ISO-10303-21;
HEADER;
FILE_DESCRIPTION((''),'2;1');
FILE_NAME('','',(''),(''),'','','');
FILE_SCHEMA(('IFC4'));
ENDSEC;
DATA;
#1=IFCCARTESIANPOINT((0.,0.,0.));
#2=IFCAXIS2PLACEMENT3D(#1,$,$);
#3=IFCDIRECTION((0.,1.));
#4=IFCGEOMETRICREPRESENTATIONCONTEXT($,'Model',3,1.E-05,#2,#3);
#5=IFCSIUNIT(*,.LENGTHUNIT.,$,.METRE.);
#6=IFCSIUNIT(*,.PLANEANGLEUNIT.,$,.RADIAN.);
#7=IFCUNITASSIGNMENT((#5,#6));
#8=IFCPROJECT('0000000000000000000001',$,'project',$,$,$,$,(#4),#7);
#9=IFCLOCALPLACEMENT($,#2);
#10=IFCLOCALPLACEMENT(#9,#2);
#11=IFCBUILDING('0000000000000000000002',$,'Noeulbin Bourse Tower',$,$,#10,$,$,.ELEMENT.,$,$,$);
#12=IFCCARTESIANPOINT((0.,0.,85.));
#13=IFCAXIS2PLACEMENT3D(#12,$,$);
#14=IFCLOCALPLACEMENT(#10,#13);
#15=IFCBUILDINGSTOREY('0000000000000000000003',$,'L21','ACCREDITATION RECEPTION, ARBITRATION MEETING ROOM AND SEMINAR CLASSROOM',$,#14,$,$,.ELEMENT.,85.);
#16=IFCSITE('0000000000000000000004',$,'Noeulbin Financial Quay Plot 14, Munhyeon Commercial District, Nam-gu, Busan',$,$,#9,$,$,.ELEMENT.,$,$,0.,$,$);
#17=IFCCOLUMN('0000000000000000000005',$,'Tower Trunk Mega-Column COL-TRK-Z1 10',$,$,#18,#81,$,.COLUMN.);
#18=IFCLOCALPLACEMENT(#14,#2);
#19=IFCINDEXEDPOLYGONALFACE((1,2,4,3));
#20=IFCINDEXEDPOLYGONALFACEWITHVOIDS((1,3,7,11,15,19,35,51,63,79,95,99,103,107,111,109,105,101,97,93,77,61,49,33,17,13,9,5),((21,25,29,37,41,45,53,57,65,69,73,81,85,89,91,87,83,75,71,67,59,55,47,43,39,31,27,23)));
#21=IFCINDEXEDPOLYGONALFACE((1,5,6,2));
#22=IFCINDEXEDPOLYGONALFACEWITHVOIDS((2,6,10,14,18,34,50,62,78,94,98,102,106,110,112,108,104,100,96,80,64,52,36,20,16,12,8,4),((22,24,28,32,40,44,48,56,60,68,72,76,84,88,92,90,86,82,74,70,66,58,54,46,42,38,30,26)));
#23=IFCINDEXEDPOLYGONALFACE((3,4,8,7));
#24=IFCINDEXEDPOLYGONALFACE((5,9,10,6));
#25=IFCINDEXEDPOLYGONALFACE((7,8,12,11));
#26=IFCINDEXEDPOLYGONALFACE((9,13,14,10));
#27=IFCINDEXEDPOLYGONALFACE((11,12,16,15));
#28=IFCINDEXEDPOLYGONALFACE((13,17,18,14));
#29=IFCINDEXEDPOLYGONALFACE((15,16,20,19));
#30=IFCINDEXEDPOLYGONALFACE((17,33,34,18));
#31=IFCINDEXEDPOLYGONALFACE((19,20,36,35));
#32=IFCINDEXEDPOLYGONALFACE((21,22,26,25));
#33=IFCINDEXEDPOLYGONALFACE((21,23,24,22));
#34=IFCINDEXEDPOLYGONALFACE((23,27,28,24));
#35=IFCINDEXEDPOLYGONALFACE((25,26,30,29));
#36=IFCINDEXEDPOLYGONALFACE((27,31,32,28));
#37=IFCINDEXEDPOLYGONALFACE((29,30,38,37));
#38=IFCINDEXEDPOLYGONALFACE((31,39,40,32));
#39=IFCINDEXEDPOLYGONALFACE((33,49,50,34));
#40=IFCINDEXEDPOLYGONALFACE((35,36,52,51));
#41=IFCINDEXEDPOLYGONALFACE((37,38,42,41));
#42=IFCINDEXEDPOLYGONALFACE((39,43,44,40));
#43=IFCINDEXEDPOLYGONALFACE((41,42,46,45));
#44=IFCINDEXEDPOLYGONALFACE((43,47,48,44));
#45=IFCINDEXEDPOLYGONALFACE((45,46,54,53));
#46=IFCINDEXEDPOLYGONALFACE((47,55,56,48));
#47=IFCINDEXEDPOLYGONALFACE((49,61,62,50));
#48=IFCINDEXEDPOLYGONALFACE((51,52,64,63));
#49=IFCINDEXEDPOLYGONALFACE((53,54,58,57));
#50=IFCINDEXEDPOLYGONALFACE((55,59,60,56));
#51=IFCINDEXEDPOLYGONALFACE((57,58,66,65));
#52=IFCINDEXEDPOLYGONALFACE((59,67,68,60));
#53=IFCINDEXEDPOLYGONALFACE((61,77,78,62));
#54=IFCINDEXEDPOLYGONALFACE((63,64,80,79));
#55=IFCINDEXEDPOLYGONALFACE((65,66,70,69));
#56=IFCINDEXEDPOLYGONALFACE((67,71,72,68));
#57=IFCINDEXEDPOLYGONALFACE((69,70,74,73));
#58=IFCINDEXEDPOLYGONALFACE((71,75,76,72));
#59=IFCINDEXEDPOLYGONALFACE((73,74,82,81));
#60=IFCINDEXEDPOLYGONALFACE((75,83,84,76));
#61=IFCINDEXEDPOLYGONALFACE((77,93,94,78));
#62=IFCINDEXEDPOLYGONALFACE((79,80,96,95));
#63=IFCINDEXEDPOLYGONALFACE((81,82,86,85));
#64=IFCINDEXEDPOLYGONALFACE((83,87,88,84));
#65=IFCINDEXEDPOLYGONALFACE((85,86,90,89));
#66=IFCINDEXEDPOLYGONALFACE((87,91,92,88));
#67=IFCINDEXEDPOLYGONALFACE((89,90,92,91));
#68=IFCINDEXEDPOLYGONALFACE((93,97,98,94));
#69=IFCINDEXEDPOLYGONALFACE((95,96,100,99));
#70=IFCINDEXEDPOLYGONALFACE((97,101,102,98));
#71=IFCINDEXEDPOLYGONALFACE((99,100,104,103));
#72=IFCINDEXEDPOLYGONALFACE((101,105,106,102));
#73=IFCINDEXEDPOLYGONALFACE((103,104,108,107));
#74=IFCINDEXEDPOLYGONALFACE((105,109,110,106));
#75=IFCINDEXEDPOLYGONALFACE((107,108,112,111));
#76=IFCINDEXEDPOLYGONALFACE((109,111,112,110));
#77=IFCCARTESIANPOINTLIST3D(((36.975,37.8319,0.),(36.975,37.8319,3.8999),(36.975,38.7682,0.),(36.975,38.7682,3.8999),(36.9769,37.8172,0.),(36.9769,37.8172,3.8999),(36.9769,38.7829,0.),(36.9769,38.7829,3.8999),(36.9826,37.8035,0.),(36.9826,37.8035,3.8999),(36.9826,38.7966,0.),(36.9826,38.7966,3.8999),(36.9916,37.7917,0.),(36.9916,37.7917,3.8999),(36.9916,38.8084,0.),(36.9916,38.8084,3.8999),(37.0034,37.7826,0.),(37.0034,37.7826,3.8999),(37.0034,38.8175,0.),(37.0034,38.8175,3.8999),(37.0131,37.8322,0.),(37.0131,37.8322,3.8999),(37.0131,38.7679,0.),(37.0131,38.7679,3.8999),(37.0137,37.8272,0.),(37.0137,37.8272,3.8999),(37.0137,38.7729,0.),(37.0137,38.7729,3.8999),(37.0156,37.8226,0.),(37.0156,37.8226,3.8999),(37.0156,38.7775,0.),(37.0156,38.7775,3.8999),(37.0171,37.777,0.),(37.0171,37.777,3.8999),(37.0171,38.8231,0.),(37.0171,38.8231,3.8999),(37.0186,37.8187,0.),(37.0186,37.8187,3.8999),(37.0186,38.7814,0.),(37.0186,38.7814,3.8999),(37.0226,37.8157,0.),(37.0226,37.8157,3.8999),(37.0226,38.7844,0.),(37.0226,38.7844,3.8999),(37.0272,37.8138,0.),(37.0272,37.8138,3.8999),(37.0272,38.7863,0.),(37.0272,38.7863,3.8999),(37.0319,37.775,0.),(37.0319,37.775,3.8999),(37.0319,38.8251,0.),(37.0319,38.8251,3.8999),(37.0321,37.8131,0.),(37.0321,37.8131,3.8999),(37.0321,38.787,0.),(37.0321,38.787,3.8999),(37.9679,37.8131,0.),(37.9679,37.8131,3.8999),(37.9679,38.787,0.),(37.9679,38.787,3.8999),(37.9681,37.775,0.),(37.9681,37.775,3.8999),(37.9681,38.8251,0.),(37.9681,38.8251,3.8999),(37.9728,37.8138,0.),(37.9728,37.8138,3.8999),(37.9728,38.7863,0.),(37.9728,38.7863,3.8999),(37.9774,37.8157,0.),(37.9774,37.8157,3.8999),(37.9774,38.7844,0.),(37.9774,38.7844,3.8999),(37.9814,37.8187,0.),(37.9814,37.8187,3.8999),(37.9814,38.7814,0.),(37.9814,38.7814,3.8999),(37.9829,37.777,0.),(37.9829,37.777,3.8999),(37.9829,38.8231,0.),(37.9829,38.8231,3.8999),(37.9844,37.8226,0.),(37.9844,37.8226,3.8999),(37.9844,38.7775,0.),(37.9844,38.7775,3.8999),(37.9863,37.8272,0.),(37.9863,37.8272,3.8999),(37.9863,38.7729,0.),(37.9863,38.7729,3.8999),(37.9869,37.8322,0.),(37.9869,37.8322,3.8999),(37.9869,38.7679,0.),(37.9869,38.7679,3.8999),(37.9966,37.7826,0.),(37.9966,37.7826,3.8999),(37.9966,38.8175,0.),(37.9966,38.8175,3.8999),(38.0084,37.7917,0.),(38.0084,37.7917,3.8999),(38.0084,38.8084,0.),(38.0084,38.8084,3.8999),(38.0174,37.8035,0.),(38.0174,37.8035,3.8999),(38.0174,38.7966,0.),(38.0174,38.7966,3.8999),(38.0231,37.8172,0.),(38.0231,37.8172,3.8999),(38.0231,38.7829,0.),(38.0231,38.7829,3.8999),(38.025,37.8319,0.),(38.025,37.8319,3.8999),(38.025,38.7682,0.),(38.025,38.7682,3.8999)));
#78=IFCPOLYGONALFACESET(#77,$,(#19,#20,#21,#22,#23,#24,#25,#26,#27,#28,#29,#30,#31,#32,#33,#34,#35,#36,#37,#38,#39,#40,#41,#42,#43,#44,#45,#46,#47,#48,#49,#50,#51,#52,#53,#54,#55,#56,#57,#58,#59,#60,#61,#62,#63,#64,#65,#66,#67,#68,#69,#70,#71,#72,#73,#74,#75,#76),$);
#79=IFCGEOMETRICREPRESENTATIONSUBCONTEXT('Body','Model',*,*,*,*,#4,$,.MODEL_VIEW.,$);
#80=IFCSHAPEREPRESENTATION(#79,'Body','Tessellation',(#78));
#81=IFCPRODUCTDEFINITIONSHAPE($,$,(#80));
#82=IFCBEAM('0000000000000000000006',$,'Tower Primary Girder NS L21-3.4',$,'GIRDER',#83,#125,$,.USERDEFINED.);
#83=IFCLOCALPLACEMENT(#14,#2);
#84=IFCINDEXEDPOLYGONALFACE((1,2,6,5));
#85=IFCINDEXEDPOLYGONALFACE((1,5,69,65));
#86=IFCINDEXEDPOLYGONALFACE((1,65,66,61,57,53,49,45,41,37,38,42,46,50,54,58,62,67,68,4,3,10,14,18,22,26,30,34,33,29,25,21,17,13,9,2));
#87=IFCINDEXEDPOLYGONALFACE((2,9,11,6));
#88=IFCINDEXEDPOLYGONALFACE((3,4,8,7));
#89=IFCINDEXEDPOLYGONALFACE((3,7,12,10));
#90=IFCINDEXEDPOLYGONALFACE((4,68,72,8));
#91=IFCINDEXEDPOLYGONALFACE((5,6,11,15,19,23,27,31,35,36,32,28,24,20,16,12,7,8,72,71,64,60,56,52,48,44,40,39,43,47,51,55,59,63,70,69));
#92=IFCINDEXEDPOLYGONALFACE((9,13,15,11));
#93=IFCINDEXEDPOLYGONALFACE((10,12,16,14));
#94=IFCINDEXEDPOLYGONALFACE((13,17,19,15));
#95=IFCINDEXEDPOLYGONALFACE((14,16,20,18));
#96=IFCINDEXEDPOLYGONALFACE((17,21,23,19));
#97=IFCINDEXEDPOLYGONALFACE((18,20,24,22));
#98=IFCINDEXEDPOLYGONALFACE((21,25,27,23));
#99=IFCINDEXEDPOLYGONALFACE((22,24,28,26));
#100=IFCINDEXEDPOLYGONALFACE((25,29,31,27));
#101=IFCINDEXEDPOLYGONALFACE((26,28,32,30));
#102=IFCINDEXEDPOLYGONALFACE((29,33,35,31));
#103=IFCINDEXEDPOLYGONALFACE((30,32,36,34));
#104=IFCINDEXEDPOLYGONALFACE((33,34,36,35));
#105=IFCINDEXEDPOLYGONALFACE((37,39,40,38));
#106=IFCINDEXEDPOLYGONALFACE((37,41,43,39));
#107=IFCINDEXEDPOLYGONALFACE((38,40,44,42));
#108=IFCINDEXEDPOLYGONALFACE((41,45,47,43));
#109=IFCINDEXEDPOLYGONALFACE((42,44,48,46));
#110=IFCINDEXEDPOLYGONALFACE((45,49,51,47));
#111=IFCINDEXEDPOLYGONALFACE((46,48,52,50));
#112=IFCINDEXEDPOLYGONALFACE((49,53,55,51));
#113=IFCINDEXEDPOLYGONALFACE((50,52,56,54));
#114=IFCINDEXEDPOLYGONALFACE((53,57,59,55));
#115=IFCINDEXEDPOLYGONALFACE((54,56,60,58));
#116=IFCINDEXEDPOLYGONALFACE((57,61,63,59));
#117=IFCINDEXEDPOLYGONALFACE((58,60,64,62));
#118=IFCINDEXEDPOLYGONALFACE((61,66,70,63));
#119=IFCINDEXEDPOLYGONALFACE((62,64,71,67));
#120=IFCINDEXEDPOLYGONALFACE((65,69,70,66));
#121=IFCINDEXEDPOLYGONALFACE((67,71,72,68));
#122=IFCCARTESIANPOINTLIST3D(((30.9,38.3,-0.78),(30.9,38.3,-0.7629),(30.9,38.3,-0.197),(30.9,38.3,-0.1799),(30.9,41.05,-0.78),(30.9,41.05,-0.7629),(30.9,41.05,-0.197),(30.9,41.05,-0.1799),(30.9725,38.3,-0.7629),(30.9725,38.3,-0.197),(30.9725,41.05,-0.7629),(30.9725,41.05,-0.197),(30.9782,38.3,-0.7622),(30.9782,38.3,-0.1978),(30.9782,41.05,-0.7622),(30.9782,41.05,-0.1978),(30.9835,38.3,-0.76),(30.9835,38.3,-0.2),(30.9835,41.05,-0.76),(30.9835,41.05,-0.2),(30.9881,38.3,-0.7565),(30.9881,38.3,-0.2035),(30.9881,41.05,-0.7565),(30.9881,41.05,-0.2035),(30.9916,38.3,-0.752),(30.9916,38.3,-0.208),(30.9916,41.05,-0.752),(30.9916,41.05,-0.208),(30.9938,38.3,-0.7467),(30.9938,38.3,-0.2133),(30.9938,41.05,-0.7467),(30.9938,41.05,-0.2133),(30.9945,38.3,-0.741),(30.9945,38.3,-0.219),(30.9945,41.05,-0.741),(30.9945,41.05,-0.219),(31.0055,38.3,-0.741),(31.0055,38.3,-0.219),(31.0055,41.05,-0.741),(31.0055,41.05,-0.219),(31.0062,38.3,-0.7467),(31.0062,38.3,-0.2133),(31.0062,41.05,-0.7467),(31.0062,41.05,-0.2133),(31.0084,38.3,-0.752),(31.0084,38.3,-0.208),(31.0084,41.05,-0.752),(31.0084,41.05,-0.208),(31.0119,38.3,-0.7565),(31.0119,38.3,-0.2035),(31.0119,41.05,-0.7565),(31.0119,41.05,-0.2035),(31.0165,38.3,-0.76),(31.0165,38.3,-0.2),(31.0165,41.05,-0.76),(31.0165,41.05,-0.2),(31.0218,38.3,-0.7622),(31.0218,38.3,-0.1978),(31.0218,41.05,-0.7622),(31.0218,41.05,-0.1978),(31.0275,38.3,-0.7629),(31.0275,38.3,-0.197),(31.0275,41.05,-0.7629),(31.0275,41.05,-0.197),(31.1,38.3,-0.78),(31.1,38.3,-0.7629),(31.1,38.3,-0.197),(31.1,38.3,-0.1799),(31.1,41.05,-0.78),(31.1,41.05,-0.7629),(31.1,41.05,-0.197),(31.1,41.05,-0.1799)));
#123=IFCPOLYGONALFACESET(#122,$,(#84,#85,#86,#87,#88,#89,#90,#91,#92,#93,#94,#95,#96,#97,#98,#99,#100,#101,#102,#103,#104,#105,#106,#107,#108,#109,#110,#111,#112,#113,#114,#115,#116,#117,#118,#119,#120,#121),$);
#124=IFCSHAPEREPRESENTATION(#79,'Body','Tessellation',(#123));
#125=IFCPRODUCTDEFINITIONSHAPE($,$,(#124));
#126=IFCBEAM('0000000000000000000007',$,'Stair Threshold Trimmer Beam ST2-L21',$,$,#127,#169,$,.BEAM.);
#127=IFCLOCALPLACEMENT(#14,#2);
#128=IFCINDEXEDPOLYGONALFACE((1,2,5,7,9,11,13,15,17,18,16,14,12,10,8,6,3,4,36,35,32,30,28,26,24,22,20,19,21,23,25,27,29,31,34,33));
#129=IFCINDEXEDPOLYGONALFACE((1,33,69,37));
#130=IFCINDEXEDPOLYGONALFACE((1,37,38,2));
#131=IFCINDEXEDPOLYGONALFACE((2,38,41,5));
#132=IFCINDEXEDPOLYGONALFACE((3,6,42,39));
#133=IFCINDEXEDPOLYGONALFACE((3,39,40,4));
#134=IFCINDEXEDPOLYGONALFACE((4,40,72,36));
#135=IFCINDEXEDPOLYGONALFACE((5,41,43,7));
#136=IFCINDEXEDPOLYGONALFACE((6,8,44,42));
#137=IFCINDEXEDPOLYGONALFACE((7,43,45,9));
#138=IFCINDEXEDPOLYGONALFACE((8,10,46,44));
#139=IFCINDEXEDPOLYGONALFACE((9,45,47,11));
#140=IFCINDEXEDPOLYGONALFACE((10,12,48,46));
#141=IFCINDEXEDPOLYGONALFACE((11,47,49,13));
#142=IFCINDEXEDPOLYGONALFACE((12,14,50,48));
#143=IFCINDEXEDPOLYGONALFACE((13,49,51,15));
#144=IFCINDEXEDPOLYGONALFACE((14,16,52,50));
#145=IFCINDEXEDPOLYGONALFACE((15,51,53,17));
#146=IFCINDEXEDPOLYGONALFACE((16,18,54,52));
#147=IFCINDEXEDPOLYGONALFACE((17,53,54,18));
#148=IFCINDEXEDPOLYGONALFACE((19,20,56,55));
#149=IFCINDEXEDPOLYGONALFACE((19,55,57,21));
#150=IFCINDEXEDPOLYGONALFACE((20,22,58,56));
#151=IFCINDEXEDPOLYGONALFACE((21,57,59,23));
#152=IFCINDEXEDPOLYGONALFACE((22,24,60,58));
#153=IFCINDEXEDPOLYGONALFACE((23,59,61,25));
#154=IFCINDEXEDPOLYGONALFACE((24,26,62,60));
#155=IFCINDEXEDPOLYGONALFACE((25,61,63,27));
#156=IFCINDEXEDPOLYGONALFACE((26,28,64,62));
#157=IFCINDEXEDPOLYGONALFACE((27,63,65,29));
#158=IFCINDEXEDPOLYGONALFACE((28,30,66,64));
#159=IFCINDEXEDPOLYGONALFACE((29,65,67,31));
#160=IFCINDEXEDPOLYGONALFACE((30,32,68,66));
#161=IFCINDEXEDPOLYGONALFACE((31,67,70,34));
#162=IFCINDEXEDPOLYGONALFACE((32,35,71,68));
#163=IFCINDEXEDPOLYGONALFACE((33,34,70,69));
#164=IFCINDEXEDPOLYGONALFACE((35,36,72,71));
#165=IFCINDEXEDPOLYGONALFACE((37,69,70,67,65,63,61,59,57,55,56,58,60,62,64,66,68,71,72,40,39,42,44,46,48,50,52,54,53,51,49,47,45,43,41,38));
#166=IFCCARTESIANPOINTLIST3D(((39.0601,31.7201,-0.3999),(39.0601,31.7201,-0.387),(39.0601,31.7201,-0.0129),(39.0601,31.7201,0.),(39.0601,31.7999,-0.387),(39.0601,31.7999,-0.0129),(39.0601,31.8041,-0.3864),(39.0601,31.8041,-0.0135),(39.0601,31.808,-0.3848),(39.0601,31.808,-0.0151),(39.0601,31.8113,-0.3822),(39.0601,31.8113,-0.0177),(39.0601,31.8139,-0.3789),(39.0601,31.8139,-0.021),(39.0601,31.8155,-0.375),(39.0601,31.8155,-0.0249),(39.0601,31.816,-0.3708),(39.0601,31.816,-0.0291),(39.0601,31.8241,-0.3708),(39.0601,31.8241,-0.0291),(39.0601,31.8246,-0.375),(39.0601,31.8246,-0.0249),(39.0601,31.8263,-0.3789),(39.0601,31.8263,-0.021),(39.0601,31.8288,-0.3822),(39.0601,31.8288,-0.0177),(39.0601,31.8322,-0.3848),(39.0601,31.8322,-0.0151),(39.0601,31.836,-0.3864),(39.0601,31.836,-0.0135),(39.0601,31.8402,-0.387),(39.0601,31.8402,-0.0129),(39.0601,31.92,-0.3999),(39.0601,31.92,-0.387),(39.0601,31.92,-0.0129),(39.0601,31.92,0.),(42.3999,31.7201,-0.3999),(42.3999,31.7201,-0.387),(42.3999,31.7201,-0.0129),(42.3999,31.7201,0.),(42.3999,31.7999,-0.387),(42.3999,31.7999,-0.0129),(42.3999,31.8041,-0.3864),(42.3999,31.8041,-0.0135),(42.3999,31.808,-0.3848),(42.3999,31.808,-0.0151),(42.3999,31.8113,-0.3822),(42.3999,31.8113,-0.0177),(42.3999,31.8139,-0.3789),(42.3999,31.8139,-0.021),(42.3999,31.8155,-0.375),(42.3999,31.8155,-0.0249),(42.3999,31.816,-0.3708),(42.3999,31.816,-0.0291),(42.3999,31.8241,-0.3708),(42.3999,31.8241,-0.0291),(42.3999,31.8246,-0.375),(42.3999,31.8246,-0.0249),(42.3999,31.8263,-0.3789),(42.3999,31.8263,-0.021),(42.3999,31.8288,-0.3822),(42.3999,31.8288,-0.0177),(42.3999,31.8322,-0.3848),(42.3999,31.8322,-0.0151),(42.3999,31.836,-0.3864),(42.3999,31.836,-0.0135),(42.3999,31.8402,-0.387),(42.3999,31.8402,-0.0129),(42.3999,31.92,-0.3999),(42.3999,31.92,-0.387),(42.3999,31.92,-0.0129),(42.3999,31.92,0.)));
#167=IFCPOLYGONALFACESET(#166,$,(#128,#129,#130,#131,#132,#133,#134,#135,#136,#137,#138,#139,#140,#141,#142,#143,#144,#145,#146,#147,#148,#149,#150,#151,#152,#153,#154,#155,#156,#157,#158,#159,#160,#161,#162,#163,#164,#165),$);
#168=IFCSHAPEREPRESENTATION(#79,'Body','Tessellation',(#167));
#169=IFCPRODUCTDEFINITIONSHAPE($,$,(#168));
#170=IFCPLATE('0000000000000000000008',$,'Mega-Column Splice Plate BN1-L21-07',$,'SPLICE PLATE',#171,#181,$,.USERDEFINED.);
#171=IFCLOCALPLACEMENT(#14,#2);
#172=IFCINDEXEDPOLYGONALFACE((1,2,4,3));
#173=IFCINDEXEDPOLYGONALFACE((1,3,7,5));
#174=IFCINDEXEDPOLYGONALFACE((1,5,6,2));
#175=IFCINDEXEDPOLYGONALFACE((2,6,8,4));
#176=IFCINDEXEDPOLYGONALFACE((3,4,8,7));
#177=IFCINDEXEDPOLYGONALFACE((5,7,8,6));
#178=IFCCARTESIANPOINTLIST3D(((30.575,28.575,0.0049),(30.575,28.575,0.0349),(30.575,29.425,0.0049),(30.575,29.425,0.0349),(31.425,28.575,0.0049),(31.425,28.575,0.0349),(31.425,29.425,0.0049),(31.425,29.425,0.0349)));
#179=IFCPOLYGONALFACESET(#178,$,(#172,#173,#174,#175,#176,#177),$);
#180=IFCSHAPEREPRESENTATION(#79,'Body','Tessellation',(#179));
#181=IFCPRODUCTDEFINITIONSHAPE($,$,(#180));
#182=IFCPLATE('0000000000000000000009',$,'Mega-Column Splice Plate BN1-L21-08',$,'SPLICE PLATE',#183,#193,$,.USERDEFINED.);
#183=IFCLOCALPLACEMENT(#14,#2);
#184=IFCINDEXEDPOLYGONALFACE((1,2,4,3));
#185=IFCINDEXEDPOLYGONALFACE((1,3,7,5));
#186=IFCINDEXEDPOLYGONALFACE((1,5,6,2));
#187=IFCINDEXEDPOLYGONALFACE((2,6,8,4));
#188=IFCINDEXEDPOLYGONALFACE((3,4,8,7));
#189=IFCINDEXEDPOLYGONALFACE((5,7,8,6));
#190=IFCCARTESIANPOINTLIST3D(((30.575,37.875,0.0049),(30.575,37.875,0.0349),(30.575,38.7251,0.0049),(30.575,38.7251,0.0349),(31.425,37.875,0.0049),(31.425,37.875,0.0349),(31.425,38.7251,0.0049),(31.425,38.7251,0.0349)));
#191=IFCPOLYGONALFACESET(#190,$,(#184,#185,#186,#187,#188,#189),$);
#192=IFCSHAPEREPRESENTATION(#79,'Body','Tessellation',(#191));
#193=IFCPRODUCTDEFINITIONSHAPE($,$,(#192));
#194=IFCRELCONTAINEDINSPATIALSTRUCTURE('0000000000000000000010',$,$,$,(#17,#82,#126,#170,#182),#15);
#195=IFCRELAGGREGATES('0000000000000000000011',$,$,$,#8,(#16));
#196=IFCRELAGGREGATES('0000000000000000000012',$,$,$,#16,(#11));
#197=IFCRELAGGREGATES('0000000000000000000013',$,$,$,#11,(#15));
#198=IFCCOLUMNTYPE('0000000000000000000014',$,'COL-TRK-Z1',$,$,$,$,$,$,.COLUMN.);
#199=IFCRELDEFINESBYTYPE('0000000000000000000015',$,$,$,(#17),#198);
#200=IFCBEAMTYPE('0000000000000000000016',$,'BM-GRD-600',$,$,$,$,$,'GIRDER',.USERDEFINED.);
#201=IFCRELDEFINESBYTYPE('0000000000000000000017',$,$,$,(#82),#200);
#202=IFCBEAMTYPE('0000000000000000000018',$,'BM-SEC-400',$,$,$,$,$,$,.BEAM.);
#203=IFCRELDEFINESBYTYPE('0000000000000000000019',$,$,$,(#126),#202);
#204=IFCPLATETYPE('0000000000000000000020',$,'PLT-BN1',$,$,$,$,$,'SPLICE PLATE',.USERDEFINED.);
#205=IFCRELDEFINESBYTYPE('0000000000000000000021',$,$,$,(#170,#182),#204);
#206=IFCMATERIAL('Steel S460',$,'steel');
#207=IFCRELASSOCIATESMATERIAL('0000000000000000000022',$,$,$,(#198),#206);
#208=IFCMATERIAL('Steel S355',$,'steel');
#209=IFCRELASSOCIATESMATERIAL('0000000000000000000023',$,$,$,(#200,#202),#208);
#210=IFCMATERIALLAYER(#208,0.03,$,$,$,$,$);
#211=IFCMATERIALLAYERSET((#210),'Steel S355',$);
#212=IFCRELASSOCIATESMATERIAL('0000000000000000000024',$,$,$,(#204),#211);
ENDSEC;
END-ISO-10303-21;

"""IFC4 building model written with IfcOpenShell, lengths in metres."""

from ifc_helpers import new_model, si_unit, direction, frame, origin, origin_2d, place, context, subcontext, project, spatial, rectangle, hollow_rectangle, i_section, extrude, material, layer, layer_set, material_profile, profile_set, type_object, element, save


model = new_model("IFC4")

# Units and contexts
model_context = context("Model", 3, precision=1e-05, world=origin(), true_north=direction((0.0, 1.0)))
body_context = subcontext(model_context, "Body", "Model", "MODEL_VIEW")
ifc_project = project(units=[si_unit("LENGTHUNIT", "METRE"), si_unit("PLANEANGLEUNIT", "RADIAN")], contexts=[model_context])

# Site, building, storey
site_placement = place(None, origin())
site = spatial("IfcSite", under=ifc_project, at=site_placement, Name="Noeulbin Financial Quay Plot 14, Munhyeon Commercial District, Nam-gu, Busan", CompositionType="ELEMENT", RefElevation=0.0)
building_placement = place(site_placement, origin())
building = spatial("IfcBuilding", under=site, at=building_placement, Name="Noeulbin Bourse Tower", CompositionType="ELEMENT")
storey_placement = place(building_placement, frame((0.0, 0.0, 85.0)))
storey = spatial("IfcBuildingStorey", under=building, at=storey_placement, Name="L21", Description="ACCREDITATION RECEPTION, ARBITRATION MEETING ROOM AND SEMINAR CLASSROOM", CompositionType="ELEMENT", Elevation=85.0)

# Column
ifc_material_1 = material(Name="Steel S460", Category="steel")
ifc_material_profile_1 = material_profile(ifc_material_1, hollow_rectangle(XDim=1.05, YDim=1.05, WallThickness=0.0381, InnerFilletRadius=0.019, OuterFilletRadius=0.0569, at=origin_2d()), Name="BOX-1050x1050x38", Category="LoadBearing")
ifc_profile_set_1 = profile_set([ifc_material_profile_1], Name="Steel S460")
column_type = type_object("IfcColumnType", Name="COL-TRK-Z1", PredefinedType="COLUMN", material=ifc_profile_set_1)
for number, where, z_axis, x_axis, name in (
    (1, (37.5, 38.3, 0.0), (0.0, 0.0, 1.0), (1.0, 0.0, 0.0), "Tower Trunk Mega-Column COL-TRK-Z1 10"),
):
    element("IfcColumn", number, at=place(storey_placement, frame(where, z_axis=z_axis, x_axis=x_axis)), inside=storey, type_object=column_type, Name=name, PredefinedType="COLUMN", context=body_context, shape_type="SweptSolid", body=[
        extrude(hollow_rectangle(XDim=1.05, YDim=1.05, WallThickness=0.0381, InnerFilletRadius=0.019, OuterFilletRadius=0.0569, at=origin_2d()), origin(), (0.0, 0.0, 1.0), 3.8999),
    ])

# Beams
ifc_material_2 = material(Name="Steel S355", Category="steel")
ifc_material_profile_2 = material_profile(ifc_material_2, i_section(OverallWidth=0.2, OverallDepth=0.6001, WebThickness=0.011, FlangeThickness=0.0171, FilletRadius=0.022, at=origin_2d()), Name="H-600x200x11x17", Category="LoadBearing")
ifc_profile_set_2 = profile_set([ifc_material_profile_2], Name="Steel S355")
beam_type_1 = type_object("IfcBeamType", Name="BM-GRD-600", ElementType="GIRDER", PredefinedType="USERDEFINED", material=ifc_profile_set_2)
beam_1_placement = place(storey_placement, frame((31.0, 38.3, -0.48), z_axis=(0.0, 1.0, 0.0), x_axis=(-1.0, 0.0, 0.0)))
element("IfcBeam", 2, at=beam_1_placement, inside=storey, type_object=beam_type_1, Name="Tower Primary Girder NS L21-3.4", ObjectType="GIRDER", PredefinedType="USERDEFINED", context=body_context, shape_type="SweptSolid", body=[
    extrude(i_section(OverallWidth=0.2, OverallDepth=0.6001, WebThickness=0.011, FlangeThickness=0.0171, FilletRadius=0.022, at=origin_2d()), origin(), (0.0, 0.0, 1.0), 2.75),
])
ifc_material_profile_3 = material_profile(ifc_material_2, i_section(OverallWidth=0.2, OverallDepth=0.3999, WebThickness=0.0081, FlangeThickness=0.0129, FilletRadius=0.0161, at=origin_2d()), Name="H-400x200x8x13", Category="LoadBearing")
ifc_profile_set_3 = profile_set([ifc_material_profile_3], Name="Steel S355")
beam_type_2 = type_object("IfcBeamType", Name="BM-SEC-400", PredefinedType="BEAM", material=ifc_profile_set_3)
beam_2_placement = place(storey_placement, frame((39.0601, 31.8201, -0.2), z_axis=(1.0, 0.0, 0.0), x_axis=(0.0, 1.0, 0.0)))
element("IfcBeam", 3, at=beam_2_placement, inside=storey, type_object=beam_type_2, Name="Stair Threshold Trimmer Beam ST2-L21", PredefinedType="BEAM", context=body_context, shape_type="SweptSolid", body=[
    extrude(i_section(OverallWidth=0.2, OverallDepth=0.3999, WebThickness=0.0081, FlangeThickness=0.0129, FilletRadius=0.0161, at=origin_2d()), origin(), (0.0, 0.0, 1.0), 3.3398),
])

# Plates
ifc_layer_1 = layer(ifc_material_2, 0.03)
ifc_layer_set_1 = layer_set([ifc_layer_1], Name="Steel S355")
plate_type = type_object("IfcPlateType", Name="PLT-BN1", ElementType="SPLICE PLATE", PredefinedType="USERDEFINED", material=ifc_layer_set_1)
for number, where, z_axis, x_axis, name in (
    (4, (31.0, 29.0, 0.0049), (0.0, 0.0, 1.0), (1.0, 0.0, 0.0), "Mega-Column Splice Plate BN1-L21-07"),
    (5, (31.0, 38.3, 0.0049), (0.0, 0.0, 1.0), (1.0, 0.0, 0.0), "Mega-Column Splice Plate BN1-L21-08"),
):
    element("IfcPlate", number, at=place(storey_placement, frame(where, z_axis=z_axis, x_axis=x_axis)), inside=storey, type_object=plate_type, Name=name, ObjectType="SPLICE PLATE", PredefinedType="USERDEFINED", context=body_context, shape_type="SweptSolid", body=[
        extrude(rectangle(XDim=0.8501, YDim=0.8501, at=origin_2d()), origin(), (0.0, 0.0, 1.0), 0.03),
    ])

save(model, "model.ifc")
